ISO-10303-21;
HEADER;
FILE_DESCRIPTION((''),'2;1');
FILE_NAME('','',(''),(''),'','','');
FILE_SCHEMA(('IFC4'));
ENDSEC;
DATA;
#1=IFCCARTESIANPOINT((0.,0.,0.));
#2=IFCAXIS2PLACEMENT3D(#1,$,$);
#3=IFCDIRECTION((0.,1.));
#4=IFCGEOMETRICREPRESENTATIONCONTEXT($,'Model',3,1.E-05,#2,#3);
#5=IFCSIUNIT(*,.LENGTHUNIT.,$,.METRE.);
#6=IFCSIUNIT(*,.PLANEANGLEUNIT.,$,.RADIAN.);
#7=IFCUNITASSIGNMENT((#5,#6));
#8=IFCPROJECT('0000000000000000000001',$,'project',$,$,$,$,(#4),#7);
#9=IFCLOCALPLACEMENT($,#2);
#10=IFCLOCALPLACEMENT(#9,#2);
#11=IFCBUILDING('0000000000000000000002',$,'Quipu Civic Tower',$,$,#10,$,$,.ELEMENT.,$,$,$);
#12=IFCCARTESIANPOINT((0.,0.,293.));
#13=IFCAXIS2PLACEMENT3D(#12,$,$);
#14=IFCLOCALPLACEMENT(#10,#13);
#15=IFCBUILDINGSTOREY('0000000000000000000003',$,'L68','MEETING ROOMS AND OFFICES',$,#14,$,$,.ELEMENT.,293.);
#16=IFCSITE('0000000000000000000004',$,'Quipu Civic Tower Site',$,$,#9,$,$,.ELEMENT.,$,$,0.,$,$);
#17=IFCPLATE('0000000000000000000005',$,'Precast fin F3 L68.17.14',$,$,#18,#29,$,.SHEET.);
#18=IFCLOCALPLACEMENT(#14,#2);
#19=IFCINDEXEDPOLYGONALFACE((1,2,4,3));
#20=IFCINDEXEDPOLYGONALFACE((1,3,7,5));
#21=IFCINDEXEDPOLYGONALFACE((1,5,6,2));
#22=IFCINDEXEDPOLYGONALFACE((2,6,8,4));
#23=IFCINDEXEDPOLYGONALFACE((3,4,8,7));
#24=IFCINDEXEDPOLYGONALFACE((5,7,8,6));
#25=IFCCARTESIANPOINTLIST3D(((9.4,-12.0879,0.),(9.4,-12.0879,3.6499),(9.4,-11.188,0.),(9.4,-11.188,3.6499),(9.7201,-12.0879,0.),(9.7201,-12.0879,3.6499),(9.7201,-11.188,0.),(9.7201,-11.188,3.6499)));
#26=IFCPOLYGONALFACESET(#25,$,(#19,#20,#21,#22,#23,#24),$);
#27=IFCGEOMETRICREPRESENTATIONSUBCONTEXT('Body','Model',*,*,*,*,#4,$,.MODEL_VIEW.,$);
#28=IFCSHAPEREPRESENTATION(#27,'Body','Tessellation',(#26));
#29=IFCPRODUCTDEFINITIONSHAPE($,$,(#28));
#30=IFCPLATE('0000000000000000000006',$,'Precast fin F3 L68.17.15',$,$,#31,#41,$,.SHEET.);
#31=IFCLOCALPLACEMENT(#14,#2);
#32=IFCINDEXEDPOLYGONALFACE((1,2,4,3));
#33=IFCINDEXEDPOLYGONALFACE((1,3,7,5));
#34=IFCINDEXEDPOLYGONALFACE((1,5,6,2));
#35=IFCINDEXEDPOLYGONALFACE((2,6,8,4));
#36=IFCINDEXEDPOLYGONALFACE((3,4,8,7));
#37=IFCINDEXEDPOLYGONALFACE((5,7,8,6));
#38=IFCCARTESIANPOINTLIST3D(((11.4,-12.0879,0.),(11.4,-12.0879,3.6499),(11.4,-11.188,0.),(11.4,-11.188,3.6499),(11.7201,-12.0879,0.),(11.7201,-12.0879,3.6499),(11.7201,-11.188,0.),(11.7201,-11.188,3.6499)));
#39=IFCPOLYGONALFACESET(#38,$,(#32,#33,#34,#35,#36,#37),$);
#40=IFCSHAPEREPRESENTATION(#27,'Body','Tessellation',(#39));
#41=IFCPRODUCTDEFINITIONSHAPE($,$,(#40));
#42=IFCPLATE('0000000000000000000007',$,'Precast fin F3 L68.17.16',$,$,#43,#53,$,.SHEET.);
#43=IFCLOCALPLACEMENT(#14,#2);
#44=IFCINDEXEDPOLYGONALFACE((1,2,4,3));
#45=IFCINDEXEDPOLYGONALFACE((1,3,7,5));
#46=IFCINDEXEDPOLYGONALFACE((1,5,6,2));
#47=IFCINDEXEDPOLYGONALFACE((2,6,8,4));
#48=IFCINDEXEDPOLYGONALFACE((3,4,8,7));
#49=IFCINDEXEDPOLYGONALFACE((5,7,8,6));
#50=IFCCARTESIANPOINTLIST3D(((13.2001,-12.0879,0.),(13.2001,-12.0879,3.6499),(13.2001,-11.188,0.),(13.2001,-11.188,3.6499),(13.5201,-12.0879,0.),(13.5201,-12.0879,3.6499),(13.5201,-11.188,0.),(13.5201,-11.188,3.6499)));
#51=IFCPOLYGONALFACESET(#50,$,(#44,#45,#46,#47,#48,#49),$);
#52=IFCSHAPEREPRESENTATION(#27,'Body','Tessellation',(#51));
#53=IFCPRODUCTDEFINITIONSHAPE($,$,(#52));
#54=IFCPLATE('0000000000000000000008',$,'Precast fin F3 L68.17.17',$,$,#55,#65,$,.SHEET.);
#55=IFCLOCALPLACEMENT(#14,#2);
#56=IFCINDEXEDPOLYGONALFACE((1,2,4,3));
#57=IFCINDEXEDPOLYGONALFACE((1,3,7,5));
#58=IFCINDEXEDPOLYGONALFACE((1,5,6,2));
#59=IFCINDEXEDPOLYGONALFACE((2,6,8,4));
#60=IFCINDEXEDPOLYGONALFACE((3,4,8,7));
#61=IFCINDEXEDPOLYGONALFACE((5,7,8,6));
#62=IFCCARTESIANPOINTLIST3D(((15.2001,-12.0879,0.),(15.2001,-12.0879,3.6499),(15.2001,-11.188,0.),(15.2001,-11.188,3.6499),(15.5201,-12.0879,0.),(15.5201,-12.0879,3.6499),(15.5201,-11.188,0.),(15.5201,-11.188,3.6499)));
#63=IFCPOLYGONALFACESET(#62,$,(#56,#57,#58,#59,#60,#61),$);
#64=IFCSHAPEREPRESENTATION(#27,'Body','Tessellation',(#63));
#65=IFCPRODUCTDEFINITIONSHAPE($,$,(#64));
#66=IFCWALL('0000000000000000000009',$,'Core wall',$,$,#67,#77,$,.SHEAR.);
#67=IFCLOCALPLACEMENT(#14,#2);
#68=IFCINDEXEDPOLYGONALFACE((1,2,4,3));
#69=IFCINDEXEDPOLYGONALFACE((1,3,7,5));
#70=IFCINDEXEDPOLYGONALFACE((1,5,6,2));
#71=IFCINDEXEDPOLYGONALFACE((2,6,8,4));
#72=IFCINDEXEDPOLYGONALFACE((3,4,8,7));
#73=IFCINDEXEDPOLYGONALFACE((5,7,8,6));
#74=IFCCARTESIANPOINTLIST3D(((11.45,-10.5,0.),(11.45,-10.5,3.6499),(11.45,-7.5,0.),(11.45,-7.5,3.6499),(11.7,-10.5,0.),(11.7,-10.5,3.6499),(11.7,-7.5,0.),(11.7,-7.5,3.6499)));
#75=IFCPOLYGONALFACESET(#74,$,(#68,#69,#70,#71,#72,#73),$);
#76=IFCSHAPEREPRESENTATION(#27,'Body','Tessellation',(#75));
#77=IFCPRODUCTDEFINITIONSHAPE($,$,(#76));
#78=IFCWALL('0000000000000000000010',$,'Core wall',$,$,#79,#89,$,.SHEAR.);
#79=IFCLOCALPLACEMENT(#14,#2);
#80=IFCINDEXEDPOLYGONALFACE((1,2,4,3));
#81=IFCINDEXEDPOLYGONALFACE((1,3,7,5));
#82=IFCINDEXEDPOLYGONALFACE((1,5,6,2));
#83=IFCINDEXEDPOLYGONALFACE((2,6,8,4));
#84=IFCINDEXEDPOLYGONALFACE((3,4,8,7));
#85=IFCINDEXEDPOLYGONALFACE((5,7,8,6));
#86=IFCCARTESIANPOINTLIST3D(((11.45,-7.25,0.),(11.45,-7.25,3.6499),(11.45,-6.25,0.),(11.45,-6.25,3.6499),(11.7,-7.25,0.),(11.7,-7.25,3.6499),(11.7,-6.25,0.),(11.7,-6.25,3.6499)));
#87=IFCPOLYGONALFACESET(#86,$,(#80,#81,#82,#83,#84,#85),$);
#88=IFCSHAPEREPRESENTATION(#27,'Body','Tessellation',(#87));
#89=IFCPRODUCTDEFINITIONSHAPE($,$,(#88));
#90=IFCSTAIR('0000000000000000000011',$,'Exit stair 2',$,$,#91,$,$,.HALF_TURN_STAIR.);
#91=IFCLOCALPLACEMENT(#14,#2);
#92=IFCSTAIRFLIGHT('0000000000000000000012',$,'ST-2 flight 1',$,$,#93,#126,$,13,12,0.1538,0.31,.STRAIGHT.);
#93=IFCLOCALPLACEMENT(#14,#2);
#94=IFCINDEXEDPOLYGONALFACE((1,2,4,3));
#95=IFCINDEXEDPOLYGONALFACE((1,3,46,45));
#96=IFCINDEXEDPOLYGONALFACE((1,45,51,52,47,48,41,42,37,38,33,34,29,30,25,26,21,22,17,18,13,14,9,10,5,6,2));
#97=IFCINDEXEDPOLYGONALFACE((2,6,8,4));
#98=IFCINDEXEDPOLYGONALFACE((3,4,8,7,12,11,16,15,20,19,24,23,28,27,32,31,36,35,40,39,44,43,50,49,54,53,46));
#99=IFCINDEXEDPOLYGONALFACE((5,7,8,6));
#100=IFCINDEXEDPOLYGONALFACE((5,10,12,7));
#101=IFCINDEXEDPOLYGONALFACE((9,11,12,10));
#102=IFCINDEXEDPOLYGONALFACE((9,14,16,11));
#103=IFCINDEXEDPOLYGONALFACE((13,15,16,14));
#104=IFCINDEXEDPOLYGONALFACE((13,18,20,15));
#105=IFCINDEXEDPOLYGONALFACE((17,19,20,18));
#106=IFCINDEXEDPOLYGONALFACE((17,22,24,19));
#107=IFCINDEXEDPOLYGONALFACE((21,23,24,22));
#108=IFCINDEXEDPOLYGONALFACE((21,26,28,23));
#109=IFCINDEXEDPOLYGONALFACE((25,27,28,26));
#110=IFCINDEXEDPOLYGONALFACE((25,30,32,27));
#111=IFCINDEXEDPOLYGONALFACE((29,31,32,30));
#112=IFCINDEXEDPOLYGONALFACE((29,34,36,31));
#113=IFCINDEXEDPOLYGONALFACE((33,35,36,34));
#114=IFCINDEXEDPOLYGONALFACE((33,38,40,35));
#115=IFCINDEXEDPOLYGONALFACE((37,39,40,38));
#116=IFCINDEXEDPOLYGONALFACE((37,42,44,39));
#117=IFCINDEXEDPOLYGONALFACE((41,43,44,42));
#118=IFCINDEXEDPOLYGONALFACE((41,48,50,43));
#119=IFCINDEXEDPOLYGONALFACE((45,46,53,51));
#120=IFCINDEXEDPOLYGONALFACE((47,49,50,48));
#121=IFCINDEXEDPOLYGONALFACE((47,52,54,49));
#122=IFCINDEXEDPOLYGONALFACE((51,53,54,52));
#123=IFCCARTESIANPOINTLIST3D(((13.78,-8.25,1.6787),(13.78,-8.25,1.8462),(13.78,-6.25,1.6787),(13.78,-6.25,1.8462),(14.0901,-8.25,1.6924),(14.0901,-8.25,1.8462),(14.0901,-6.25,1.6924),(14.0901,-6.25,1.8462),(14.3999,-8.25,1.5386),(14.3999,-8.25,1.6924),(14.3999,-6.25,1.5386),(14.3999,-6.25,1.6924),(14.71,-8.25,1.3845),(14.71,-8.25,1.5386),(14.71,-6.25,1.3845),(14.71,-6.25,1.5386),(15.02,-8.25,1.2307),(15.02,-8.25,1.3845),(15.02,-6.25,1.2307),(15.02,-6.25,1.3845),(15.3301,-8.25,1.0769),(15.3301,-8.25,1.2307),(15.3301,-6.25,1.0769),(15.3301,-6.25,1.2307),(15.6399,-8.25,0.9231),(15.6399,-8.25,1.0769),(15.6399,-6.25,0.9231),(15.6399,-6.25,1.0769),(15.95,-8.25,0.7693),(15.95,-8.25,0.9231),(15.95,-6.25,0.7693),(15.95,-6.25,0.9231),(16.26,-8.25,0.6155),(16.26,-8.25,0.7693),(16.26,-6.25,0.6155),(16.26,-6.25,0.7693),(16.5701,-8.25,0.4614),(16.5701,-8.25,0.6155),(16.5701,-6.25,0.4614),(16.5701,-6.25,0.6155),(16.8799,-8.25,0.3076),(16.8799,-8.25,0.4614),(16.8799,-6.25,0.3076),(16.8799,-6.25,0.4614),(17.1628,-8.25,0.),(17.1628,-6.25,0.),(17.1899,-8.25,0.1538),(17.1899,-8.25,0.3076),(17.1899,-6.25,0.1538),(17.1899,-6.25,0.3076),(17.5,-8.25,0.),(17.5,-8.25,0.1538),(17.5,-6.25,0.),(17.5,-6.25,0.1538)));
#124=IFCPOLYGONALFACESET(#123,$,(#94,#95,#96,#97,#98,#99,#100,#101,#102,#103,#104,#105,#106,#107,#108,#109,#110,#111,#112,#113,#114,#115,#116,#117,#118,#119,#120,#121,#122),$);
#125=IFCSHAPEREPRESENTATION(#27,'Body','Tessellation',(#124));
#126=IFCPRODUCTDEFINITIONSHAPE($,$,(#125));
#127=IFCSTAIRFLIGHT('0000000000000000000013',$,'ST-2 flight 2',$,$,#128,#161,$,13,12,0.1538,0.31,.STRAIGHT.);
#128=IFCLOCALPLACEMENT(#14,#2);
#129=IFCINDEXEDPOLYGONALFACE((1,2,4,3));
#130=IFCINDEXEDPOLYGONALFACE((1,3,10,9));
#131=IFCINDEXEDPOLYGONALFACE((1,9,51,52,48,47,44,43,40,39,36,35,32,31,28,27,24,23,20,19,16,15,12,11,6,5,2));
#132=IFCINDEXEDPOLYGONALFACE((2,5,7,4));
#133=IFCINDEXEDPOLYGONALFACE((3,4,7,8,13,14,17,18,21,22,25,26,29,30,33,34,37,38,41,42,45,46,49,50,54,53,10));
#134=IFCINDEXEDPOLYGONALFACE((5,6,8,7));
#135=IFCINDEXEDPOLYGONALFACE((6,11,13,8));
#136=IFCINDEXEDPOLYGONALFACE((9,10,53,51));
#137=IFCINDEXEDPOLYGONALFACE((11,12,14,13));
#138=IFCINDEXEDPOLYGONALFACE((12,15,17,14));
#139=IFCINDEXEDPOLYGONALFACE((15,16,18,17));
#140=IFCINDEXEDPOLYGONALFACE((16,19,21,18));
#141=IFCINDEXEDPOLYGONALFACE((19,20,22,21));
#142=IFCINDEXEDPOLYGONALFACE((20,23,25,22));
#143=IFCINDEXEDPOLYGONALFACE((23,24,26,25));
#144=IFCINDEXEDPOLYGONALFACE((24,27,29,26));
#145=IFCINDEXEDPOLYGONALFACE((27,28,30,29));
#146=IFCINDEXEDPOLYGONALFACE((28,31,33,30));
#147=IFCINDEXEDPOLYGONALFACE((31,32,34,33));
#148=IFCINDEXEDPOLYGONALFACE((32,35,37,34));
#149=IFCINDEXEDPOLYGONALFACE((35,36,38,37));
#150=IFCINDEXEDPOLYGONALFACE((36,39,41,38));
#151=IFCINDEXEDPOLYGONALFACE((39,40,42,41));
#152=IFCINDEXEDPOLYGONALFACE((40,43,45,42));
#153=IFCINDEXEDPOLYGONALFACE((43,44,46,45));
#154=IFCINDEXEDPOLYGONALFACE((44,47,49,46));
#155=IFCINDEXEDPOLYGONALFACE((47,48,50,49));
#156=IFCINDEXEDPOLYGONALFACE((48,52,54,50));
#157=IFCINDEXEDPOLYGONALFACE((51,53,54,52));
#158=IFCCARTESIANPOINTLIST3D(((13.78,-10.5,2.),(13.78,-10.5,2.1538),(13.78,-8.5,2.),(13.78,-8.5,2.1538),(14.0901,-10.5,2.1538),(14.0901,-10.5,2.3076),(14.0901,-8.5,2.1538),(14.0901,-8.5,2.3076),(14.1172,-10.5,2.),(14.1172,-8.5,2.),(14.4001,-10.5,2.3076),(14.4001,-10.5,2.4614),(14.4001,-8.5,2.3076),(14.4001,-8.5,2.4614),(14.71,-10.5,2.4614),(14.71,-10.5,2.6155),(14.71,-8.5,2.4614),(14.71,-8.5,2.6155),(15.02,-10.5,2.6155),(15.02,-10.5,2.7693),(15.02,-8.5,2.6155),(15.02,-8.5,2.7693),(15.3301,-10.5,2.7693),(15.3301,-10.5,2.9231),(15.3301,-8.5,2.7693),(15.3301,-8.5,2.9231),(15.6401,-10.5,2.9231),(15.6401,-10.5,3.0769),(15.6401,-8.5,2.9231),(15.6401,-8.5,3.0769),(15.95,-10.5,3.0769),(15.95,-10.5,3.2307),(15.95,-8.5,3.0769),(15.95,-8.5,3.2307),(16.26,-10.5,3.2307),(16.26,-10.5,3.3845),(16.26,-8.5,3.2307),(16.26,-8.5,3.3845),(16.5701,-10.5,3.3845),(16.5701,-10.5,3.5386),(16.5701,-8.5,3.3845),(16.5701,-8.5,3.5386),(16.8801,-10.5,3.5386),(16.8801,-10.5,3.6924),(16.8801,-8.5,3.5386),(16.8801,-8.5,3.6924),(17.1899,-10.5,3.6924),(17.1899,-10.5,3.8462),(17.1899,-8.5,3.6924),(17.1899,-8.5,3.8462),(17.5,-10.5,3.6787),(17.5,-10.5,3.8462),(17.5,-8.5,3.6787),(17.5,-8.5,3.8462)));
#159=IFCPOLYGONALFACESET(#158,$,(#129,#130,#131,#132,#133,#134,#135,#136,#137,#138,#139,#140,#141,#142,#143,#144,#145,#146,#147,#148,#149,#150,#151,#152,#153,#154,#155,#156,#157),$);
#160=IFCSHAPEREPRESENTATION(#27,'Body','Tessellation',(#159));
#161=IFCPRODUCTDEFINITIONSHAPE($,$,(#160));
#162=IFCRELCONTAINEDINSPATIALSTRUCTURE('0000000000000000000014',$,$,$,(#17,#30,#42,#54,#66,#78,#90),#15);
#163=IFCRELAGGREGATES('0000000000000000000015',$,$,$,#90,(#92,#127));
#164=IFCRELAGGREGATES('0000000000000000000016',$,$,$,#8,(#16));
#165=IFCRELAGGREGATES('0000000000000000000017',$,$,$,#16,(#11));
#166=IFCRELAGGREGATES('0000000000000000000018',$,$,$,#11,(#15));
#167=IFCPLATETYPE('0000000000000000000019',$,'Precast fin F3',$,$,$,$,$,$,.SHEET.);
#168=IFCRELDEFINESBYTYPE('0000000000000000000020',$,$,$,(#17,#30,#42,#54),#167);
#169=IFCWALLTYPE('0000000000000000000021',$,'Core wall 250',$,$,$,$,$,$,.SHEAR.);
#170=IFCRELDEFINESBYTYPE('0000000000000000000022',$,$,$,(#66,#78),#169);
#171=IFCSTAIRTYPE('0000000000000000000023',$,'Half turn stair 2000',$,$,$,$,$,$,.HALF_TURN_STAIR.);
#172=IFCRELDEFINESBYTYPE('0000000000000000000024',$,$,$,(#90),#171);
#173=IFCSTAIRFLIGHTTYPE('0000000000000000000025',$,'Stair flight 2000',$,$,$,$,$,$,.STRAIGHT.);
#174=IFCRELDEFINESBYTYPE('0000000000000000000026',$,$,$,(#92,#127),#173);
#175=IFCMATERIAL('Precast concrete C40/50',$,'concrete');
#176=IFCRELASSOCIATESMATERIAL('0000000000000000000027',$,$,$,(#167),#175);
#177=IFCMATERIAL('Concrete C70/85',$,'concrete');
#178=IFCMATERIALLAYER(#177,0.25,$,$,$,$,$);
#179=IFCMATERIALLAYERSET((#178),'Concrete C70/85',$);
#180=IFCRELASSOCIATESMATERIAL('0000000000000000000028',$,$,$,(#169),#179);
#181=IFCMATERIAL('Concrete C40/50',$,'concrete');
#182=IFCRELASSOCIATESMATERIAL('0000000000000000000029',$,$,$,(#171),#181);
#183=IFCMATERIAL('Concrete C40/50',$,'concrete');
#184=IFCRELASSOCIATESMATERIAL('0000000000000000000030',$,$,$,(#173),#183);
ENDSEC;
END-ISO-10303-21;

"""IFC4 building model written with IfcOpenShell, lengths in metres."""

from ifc_helpers import new_model, si_unit, direction, frame, frame_2d, origin, origin_2d, place, context, subcontext, project, spatial, polyline, rectangle, outline, extrude, material, layer, layer_set, type_object, element, aggregate, save


model = new_model("IFC4")

# Units and contexts
model_context = context("Model", 3, precision=1e-05, world=origin(), true_north=direction((0.0, 1.0)))
body_context = subcontext(model_context, "Body", "Model", "MODEL_VIEW")
ifc_project = project(units=[si_unit("LENGTHUNIT", "METRE"), si_unit("PLANEANGLEUNIT", "RADIAN")], contexts=[model_context])

# Site, building, storey
site_placement = place(None, origin())
site = spatial("IfcSite", under=ifc_project, at=site_placement, Name="Quipu Civic Tower Site", CompositionType="ELEMENT", RefElevation=0.0)
building_placement = place(site_placement, origin())
building = spatial("IfcBuilding", under=site, at=building_placement, Name="Quipu Civic Tower", CompositionType="ELEMENT")
storey_placement = place(building_placement, frame((0.0, 0.0, 293.0)))
storey = spatial("IfcBuildingStorey", under=building, at=storey_placement, Name="L68", Description="MEETING ROOMS AND OFFICES", CompositionType="ELEMENT", Elevation=293.0)

# Plates
ifc_material_1 = material(Name="Precast concrete C40/50", Category="concrete")
plate_type = type_object("IfcPlateType", Name="Precast fin F3", PredefinedType="SHEET", material=ifc_material_1)
for number, where, z_axis, x_axis, name in (
    (1, (9.5601, -11.6379, 0.0), (0.0, 0.0, 1.0), (1.0, 0.0, 0.0), "Precast fin F3 L68.17.14"),
    (2, (11.5601, -11.6379, 0.0), (0.0, 0.0, 1.0), (1.0, 0.0, 0.0), "Precast fin F3 L68.17.15"),
    (3, (13.3601, -11.6379, 0.0), (0.0, 0.0, 1.0), (1.0, 0.0, 0.0), "Precast fin F3 L68.17.16"),
    (4, (15.3601, -11.6379, 0.0), (0.0, 0.0, 1.0), (1.0, 0.0, 0.0), "Precast fin F3 L68.17.17"),
):
    element("IfcPlate", number, at=place(storey_placement, frame(where, z_axis=z_axis, x_axis=x_axis)), inside=storey, type_object=plate_type, Name=name, PredefinedType="SHEET", context=body_context, shape_type="SweptSolid", body=[
        extrude(rectangle(XDim=0.3201, YDim=0.8999, at=origin_2d()), origin(), (0.0, 0.0, 1.0), 3.6499),
    ])

# Wall
ifc_material_2 = material(Name="Concrete C70/85", Category="concrete")
ifc_layer = layer(ifc_material_2, 0.25)
ifc_layer_set = layer_set([ifc_layer], Name="Concrete C70/85")
wall_type = type_object("IfcWallType", Name="Core wall 250", PredefinedType="SHEAR", material=ifc_layer_set)
wall_1_placement = place(storey_placement, frame((11.575, -10.5, 0.0), z_axis=(0.0, 0.0, 1.0), x_axis=(0.0, 1.0, 0.0)))
element("IfcWall", 5, at=wall_1_placement, inside=storey, type_object=wall_type, Name="Core wall", PredefinedType="SHEAR", context=body_context, shape_type="SweptSolid", body=[
    extrude(rectangle(XDim=3.0, YDim=0.25, at=frame_2d((1.5, 0.0))), origin(), (0.0, 0.0, 1.0), 3.6499),
])

# Wall
wall_2_placement = place(storey_placement, frame((11.575, -7.25, 0.0), z_axis=(0.0, 0.0, 1.0), x_axis=(0.0, 1.0, 0.0)))
element("IfcWall", 6, at=wall_2_placement, inside=storey, type_object=wall_type, Name="Core wall", PredefinedType="SHEAR", context=body_context, shape_type="SweptSolid", body=[
    extrude(rectangle(XDim=1.0, YDim=0.25, at=frame_2d((0.5, 0.0))), origin(), (0.0, 0.0, 1.0), 3.6499),
])

# Stair, stair flights
ifc_material_3 = material(Name="Concrete C40/50", Category="concrete")
stair_type = type_object("IfcStairType", Name="Half turn stair 2000", PredefinedType="HALF_TURN_STAIR", material=ifc_material_3)
stair_placement = place(storey_placement, origin())
stair = element("IfcStair", 7, at=stair_placement, inside=storey, type_object=stair_type, Name="Exit stair 2", PredefinedType="HALF_TURN_STAIR")
ifc_material_4 = material(Name="Concrete C40/50", Category="concrete")
stair_flight_type = type_object("IfcStairFlightType", Name="Stair flight 2000", PredefinedType="STRAIGHT", material=ifc_material_4)
stair_flight_1_placement = place(storey_placement, frame((17.5, -7.25, 0.0), z_axis=(0.0, 0.0, 1.0), x_axis=(-1.0, 0.0, 0.0)))
stair_flight_1 = element("IfcStairFlight", 8, at=stair_flight_1_placement, type_object=stair_flight_type, Name="ST-2 flight 1", NumberOfRisers=13, NumberOfTreads=12, PredefinedType="STRAIGHT", RiserHeight=0.1538, TreadLength=0.31, context=body_context, shape_type="SweptSolid", body=[
    extrude(outline(polyline([(0.0, 0.0), (0.0, 0.1538), (0.3101, 0.1538), (0.3101, 0.3076), (0.6201, 0.3076), (0.6201, 0.4614), (0.9299, 0.4614), (0.9299, 0.6155), (1.24, 0.6155), (1.24, 0.7693), (1.55, 0.7693), (1.55, 0.9231), (1.8601, 0.9231), (1.8601, 1.0769), (2.1699, 1.0769), (2.1699, 1.2307), (2.48, 1.2307), (2.48, 1.3845), (2.79, 1.3845), (2.79, 1.5386), (3.1001, 1.5386), (3.1001, 1.6924), (3.4099, 1.6924), (3.4099, 1.8462), (3.72, 1.8462), (3.72, 2.0), (3.72, 1.6787), (0.3372, 0.0), (0.0, 0.0)])), frame((0.0, 1.0, 0.0), z_axis=(0.0, -1.0, 0.0), x_axis=(1.0, 0.0, 0.0)), (0.0, 0.0, 1.0), 2.0),
])
stair_flight_2_placement = place(storey_placement, frame((13.78, -9.5, 2.0), z_axis=(0.0, 0.0, 1.0), x_axis=(1.0, 0.0, 0.0)))
stair_flight_2 = element("IfcStairFlight", 9, at=stair_flight_2_placement, type_object=stair_flight_type, Name="ST-2 flight 2", NumberOfRisers=13, NumberOfTreads=12, PredefinedType="STRAIGHT", RiserHeight=0.1538, TreadLength=0.31, context=body_context, shape_type="SweptSolid", body=[
    extrude(outline(polyline([(0.0, 0.0), (0.0, 0.1538), (0.3101, 0.1538), (0.3101, 0.3076), (0.6201, 0.3076), (0.6201, 0.4614), (0.9299, 0.4614), (0.9299, 0.6155), (1.24, 0.6155), (1.24, 0.7693), (1.55, 0.7693), (1.55, 0.9231), (1.8601, 0.9231), (1.8601, 1.0769), (2.1699, 1.0769), (2.1699, 1.2307), (2.48, 1.2307), (2.48, 1.3845), (2.79, 1.3845), (2.79, 1.5386), (3.1001, 1.5386), (3.1001, 1.6924), (3.4099, 1.6924), (3.4099, 1.8462), (3.72, 1.8462), (3.72, 2.0), (3.72, 1.6787), (0.3372, 0.0), (0.0, 0.0)])), frame((0.0, 1.0, 0.0), z_axis=(0.0, -1.0, 0.0), x_axis=(1.0, 0.0, 0.0)), (0.0, 0.0, 1.0), 2.0),
])
aggregate(stair, [stair_flight_1, stair_flight_2])

save(model, "model.ifc")
